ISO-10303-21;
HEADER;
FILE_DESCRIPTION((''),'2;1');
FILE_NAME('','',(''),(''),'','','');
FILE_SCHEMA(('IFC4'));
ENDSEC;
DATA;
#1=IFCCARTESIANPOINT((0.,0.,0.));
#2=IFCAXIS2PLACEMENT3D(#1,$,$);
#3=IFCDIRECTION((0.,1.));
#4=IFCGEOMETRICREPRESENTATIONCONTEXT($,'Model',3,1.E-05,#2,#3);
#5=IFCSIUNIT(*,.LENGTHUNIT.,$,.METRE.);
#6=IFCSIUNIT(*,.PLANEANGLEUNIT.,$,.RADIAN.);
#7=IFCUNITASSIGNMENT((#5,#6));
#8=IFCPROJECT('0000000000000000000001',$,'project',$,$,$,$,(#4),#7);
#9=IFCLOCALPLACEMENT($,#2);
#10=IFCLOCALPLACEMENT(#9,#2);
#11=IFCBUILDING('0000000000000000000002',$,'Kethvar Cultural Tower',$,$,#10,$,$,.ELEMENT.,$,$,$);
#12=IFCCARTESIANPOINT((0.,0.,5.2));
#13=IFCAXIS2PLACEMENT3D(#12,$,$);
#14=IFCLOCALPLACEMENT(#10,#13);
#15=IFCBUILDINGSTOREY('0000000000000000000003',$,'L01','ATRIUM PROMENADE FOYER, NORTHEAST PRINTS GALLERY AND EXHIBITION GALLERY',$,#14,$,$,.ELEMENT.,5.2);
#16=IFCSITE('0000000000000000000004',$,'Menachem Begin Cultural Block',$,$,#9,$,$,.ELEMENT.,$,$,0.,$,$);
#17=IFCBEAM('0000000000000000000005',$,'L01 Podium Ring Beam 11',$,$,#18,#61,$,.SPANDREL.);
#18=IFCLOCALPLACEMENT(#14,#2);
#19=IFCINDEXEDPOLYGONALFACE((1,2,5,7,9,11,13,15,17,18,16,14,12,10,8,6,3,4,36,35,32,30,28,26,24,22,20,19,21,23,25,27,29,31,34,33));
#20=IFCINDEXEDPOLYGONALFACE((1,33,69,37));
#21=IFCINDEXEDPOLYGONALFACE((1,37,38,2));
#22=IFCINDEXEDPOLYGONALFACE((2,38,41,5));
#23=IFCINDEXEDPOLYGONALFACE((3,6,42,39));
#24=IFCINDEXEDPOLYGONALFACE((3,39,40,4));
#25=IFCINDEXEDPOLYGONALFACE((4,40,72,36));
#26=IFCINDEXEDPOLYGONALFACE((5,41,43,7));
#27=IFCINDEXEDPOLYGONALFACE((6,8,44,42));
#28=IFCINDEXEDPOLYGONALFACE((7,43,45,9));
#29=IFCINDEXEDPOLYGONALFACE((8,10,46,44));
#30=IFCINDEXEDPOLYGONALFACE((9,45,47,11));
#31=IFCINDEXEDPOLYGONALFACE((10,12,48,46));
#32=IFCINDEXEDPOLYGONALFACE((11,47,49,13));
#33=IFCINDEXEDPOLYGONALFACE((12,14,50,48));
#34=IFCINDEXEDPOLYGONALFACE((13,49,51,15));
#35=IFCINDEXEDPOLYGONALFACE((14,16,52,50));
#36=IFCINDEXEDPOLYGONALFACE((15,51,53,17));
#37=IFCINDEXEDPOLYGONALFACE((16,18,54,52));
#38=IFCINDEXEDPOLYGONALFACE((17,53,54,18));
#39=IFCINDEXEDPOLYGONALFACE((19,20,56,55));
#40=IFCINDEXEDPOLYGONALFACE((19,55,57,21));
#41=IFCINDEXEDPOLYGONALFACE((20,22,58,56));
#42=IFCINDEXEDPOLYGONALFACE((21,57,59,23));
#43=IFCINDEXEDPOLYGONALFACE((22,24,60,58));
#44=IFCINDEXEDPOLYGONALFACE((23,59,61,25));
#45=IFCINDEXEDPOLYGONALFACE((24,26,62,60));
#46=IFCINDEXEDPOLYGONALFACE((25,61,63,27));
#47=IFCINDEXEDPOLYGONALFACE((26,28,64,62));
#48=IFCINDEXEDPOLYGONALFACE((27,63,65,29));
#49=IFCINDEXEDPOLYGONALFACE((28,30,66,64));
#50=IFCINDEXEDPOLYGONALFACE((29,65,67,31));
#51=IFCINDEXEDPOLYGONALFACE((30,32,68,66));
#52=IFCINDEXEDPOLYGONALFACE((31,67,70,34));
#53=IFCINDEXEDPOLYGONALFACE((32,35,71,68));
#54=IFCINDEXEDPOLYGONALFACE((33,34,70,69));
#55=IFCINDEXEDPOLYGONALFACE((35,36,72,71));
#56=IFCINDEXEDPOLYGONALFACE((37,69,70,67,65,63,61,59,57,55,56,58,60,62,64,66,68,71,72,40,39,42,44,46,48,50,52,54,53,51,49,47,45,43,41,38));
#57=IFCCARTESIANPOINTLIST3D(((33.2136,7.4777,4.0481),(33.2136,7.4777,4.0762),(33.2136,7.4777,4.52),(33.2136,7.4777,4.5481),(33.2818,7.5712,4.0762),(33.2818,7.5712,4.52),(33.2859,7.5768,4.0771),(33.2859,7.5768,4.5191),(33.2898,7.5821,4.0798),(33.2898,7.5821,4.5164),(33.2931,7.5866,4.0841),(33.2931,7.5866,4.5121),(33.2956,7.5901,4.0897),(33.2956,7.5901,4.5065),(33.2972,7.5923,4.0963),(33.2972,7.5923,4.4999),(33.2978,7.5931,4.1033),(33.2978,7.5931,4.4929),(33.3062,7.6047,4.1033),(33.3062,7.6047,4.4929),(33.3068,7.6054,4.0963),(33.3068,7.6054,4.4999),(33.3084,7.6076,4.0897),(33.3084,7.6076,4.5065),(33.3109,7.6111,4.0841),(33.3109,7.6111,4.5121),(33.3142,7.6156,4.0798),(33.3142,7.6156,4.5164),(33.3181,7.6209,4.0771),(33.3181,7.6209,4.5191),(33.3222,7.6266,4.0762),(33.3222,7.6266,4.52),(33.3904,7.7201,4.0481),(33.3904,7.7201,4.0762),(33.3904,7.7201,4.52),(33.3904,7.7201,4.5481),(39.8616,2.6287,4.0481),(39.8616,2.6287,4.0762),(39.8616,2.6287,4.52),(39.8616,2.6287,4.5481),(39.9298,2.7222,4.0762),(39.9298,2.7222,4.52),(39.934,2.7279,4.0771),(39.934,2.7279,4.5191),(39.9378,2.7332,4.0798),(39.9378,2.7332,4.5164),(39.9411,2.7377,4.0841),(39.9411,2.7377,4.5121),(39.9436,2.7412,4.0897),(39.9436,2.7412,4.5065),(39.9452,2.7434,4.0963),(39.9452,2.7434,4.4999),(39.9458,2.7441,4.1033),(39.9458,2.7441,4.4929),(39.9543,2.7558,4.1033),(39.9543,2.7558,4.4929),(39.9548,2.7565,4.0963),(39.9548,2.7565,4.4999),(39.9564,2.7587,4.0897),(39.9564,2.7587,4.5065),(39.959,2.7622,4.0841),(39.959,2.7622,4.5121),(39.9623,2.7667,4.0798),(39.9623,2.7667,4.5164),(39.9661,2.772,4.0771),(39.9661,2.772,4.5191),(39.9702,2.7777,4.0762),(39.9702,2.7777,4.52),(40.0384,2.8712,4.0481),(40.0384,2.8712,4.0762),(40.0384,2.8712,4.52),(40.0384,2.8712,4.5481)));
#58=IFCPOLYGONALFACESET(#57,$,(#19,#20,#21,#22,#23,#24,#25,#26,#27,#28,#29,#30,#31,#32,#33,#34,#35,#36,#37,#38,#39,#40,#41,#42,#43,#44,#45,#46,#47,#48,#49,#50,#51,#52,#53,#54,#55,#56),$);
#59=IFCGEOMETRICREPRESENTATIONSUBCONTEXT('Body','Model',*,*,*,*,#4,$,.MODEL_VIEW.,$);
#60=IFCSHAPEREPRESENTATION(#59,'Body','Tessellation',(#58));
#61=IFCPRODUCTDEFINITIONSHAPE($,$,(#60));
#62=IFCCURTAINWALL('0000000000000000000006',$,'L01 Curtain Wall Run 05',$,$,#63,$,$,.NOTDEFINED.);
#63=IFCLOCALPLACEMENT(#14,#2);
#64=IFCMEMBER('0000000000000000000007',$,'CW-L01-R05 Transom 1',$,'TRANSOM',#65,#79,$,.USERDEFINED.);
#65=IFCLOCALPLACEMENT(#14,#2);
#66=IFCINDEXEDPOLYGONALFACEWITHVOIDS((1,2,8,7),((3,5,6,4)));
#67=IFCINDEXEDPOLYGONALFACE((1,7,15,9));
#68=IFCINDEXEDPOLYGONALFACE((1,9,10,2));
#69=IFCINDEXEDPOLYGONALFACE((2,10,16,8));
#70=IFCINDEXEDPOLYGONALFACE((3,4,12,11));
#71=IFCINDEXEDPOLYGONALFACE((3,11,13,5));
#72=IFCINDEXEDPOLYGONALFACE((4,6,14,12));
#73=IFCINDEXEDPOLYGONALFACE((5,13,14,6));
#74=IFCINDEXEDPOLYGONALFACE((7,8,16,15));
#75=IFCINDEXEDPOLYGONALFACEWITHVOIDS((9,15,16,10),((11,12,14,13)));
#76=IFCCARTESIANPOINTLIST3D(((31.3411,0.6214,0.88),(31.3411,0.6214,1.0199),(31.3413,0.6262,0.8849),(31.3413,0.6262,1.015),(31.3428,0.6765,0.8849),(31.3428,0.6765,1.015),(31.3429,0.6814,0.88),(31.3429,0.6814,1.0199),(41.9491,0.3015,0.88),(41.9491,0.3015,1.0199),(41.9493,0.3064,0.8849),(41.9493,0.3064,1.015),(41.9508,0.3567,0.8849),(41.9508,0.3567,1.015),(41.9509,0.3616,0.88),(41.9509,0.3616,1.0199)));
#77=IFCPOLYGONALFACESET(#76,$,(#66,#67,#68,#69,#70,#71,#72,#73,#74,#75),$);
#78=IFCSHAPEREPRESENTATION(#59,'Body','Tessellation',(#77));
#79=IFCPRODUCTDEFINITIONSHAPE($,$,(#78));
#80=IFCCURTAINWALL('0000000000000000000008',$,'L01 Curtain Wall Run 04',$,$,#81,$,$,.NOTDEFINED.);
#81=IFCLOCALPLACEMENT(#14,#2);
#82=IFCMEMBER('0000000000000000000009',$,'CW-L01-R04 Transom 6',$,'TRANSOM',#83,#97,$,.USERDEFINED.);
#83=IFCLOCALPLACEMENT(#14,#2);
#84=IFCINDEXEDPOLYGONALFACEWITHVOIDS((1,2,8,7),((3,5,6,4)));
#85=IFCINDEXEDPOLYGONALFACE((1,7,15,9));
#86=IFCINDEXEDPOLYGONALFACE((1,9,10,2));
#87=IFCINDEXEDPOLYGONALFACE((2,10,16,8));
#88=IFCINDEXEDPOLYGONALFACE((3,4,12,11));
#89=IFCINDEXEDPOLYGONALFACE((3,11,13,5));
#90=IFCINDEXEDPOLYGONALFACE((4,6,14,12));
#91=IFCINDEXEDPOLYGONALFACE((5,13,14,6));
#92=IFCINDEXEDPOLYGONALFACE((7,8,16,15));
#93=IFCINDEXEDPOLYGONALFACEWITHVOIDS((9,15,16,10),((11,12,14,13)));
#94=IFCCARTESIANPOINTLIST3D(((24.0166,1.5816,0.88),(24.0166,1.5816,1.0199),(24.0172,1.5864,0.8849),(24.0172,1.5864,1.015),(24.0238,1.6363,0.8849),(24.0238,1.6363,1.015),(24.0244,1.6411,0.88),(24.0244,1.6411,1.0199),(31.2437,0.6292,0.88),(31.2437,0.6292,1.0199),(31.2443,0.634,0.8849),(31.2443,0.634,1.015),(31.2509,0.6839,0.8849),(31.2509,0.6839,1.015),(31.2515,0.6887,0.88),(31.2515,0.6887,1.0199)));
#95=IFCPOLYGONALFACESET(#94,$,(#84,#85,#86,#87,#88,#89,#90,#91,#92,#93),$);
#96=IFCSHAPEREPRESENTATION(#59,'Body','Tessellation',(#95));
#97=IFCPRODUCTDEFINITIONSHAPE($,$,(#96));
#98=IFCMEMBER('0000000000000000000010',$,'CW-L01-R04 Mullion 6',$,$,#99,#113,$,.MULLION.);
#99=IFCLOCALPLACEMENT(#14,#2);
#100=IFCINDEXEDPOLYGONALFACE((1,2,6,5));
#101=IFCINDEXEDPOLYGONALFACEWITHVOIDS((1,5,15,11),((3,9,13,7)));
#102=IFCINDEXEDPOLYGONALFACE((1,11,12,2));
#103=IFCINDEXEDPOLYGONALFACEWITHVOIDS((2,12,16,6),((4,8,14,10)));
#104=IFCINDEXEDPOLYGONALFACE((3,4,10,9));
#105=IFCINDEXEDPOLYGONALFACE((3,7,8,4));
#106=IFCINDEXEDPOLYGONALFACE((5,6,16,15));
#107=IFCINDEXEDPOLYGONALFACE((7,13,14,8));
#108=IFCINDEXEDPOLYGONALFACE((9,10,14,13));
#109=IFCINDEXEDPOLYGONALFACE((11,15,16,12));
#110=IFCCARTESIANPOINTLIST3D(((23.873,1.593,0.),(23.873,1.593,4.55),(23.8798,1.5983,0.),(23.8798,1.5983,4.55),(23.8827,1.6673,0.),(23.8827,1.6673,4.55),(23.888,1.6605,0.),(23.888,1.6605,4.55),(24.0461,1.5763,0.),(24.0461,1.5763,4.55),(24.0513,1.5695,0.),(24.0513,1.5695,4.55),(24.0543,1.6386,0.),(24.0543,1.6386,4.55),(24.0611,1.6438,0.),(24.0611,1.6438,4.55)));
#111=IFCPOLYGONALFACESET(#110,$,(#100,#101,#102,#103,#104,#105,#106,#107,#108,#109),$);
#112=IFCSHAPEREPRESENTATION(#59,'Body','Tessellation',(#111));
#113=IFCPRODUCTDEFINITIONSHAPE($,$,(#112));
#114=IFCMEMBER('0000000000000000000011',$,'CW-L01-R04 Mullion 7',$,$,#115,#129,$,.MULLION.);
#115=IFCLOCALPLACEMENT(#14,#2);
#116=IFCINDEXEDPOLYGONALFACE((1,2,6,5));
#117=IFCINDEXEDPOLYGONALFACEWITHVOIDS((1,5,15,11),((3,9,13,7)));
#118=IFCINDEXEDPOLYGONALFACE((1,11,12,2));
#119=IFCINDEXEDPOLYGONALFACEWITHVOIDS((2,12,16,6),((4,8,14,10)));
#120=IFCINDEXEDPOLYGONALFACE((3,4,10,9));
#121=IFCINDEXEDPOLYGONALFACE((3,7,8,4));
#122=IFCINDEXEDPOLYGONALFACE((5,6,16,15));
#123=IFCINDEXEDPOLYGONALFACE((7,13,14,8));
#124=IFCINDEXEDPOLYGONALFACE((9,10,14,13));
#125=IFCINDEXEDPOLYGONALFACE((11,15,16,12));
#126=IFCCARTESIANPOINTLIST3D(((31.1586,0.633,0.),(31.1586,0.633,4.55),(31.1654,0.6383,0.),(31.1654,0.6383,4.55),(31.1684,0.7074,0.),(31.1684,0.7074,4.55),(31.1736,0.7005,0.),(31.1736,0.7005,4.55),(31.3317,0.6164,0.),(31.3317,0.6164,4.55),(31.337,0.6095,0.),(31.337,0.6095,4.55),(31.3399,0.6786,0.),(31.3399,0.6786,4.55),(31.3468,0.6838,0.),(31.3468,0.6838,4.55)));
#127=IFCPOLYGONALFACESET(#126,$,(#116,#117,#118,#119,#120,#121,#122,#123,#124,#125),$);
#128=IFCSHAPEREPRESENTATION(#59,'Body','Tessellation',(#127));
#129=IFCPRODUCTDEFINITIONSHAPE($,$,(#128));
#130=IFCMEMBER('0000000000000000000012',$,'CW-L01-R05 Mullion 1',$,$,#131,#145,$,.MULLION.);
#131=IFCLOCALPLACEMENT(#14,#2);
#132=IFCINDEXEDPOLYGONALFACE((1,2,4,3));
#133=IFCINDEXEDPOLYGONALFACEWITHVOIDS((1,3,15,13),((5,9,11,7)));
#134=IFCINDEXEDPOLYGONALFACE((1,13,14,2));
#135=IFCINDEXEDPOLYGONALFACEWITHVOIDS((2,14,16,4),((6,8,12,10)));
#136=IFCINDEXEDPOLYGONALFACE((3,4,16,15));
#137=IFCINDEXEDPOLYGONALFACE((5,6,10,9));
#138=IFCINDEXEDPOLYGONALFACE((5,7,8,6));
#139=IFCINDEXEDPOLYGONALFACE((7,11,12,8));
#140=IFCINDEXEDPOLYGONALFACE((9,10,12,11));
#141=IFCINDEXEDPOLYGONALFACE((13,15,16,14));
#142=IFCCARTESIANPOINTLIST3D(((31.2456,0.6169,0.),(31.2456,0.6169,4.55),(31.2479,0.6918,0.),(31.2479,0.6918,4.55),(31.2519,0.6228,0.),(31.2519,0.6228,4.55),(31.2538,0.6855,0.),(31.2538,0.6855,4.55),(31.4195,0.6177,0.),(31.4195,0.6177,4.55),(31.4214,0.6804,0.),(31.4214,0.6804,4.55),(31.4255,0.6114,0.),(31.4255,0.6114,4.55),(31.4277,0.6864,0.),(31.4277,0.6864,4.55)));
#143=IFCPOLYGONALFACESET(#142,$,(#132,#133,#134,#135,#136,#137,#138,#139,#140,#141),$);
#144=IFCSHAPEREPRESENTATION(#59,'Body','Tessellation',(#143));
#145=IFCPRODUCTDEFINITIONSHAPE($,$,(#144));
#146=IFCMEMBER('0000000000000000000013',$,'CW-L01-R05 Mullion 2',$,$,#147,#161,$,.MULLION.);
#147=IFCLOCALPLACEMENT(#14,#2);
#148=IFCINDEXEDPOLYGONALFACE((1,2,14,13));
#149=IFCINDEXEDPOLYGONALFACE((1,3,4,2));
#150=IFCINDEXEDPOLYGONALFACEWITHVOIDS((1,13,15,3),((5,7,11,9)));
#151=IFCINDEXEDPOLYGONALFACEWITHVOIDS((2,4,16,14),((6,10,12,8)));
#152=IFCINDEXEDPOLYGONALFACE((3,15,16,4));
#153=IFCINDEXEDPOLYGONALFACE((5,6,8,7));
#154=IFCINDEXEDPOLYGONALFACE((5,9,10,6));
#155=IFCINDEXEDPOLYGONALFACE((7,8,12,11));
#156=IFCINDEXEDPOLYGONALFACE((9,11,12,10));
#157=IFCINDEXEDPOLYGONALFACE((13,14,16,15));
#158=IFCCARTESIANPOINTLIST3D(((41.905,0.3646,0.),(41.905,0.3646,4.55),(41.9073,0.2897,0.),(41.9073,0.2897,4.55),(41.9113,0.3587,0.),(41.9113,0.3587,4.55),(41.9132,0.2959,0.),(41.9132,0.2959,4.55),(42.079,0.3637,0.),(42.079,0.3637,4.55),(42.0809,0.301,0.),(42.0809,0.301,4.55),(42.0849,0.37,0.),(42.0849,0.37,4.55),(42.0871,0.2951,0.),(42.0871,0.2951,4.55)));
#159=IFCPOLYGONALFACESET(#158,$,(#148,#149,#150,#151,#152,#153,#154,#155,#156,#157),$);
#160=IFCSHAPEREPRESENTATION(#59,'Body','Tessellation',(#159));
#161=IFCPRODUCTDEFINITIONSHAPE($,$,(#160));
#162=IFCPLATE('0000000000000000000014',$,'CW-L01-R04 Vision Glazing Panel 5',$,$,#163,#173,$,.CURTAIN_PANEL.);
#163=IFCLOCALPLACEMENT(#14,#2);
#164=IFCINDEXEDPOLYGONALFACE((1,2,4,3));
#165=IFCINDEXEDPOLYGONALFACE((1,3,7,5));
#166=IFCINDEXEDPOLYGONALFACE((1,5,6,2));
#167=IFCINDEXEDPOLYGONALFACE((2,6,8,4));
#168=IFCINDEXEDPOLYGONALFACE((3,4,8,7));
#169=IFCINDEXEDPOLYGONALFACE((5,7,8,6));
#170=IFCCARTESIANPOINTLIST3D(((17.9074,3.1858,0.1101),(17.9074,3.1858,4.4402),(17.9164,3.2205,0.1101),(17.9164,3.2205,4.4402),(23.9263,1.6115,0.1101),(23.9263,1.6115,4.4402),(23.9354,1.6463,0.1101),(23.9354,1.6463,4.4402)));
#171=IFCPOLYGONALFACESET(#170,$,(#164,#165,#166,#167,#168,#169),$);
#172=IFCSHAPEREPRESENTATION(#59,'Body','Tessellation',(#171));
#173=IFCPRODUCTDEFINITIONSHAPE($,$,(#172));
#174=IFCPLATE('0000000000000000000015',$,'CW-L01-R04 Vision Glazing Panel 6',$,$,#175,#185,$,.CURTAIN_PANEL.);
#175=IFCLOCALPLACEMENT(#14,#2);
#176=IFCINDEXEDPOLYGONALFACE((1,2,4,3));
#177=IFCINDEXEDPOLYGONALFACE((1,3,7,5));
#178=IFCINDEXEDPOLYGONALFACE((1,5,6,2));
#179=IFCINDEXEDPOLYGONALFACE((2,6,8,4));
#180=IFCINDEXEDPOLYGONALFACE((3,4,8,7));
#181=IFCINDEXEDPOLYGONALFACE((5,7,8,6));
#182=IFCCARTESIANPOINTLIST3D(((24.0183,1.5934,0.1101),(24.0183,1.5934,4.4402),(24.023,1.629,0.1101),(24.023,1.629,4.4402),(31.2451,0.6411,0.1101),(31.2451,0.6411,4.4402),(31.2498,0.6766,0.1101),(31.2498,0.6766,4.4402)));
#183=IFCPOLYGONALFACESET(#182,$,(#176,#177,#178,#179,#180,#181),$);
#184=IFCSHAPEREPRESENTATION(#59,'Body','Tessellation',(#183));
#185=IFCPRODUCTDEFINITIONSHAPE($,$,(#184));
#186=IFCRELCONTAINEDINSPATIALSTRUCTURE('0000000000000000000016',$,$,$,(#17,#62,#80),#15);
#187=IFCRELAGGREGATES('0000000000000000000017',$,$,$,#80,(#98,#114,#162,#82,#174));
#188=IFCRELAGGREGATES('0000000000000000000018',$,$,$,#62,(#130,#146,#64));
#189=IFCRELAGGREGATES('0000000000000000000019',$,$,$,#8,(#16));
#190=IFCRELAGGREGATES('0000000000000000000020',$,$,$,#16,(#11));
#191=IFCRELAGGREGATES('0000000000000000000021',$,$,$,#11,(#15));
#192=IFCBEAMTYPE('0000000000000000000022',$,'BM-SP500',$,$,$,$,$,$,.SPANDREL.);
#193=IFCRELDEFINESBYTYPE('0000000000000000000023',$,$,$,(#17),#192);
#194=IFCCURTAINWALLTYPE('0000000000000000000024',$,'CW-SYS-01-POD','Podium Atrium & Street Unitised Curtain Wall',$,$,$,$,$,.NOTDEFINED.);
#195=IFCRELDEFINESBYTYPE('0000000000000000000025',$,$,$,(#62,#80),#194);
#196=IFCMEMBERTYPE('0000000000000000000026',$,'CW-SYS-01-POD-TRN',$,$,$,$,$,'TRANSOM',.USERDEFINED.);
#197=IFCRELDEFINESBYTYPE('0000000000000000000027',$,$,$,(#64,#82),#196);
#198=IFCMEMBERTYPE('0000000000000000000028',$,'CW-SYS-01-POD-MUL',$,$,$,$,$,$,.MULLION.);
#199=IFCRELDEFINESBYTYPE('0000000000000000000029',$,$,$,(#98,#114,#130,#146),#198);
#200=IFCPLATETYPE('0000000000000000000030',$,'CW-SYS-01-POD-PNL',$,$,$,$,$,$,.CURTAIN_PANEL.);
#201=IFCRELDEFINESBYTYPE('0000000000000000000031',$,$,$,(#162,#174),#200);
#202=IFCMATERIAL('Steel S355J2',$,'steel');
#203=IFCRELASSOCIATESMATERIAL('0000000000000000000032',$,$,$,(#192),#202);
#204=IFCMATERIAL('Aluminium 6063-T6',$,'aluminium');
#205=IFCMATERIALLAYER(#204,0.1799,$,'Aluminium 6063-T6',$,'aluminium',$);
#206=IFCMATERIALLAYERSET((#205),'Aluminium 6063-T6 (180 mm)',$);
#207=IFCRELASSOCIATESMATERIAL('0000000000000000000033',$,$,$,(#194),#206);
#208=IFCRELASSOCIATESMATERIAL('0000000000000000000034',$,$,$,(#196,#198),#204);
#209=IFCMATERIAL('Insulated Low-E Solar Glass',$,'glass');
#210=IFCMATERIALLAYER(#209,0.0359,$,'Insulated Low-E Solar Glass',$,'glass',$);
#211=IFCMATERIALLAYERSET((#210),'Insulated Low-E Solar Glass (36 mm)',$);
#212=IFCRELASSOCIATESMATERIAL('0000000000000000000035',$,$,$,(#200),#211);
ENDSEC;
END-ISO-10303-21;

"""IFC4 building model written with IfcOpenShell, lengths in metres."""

from ifc_helpers import new_model, si_unit, direction, frame, origin, origin_2d, place, context, subcontext, project, spatial, rectangle, hollow_rectangle, i_section, extrude, source, transform, mapped, material, layer, layer_set, material_profile, profile_set, type_object, element, aggregate, save


model = new_model("IFC4")

# Units and contexts
model_context = context("Model", 3, precision=1e-05, world=origin(), true_north=direction((0.0, 1.0)))
body_context = subcontext(model_context, "Body", "Model", "MODEL_VIEW")
ifc_project = project(units=[si_unit("LENGTHUNIT", "METRE"), si_unit("PLANEANGLEUNIT", "RADIAN")], contexts=[model_context])

# Site, building, storey
site_placement = place(None, origin())
site = spatial("IfcSite", under=ifc_project, at=site_placement, Name="Menachem Begin Cultural Block", CompositionType="ELEMENT", RefElevation=0.0)
building_placement = place(site_placement, origin())
building = spatial("IfcBuilding", under=site, at=building_placement, Name="Kethvar Cultural Tower", CompositionType="ELEMENT")
storey_placement = place(building_placement, frame((0.0, 0.0, 5.2)))
storey = spatial("IfcBuildingStorey", under=building, at=storey_placement, Name="L01", Description="ATRIUM PROMENADE FOYER, NORTHEAST PRINTS GALLERY AND EXHIBITION GALLERY", CompositionType="ELEMENT", Elevation=5.2)

# Beam
ifc_material_1 = material(Name="Steel S355J2", Category="steel")
ifc_material_profile_1 = material_profile(ifc_material_1, i_section(OverallWidth=0.3, OverallDepth=0.5, WebThickness=0.0144, FlangeThickness=0.0281, FilletRadius=0.0271, at=origin_2d()), Name="Steel S355J2 — HEB500")
ifc_profile_set_1 = profile_set([ifc_material_profile_1], Name="Steel S355J2 — HEB500")
beam_type = type_object("IfcBeamType", Name="BM-SP500", PredefinedType="SPANDREL", material=ifc_profile_set_1)
shared_shape_1 = source(origin(), body_context, "Body", "SweptSolid", [
    extrude(i_section(OverallWidth=0.3, OverallDepth=0.5, WebThickness=0.0144, FlangeThickness=0.0281, FilletRadius=0.0271, at=origin_2d()), origin(), (0.0, 0.0, 1.0), 8.2285),
])
beam_1_placement = place(storey_placement, frame((33.302, 7.5989, 4.2981), z_axis=(0.807926, -0.589284, 0.0), x_axis=(0.589284, 0.807926, 0.0)))
element("IfcBeam", 1, at=beam_1_placement, inside=storey, type_object=beam_type, Name="L01 Podium Ring Beam 11", PredefinedType="SPANDREL", context=body_context, shape_type="MappedRepresentation", body=[
    mapped(shared_shape_1, transform((0.0, 0.0, 0.0), scale=1.0)),
])

# Curtain wall, member
ifc_material_2 = material(Name="Aluminium 6063-T6", Category="aluminium")
ifc_layer_1 = layer(ifc_material_2, 0.1799, Name="Aluminium 6063-T6", Category="aluminium")
ifc_layer_set_1 = layer_set([ifc_layer_1], Name="Aluminium 6063-T6 (180 mm)")
curtain_wall_type = type_object("IfcCurtainWallType", Name="CW-SYS-01-POD", Description="Podium Atrium & Street Unitised Curtain Wall", PredefinedType="NOTDEFINED", material=ifc_layer_set_1)
curtain_wall_1_placement = place(storey_placement, origin())
curtain_wall_1 = element("IfcCurtainWall", 2, at=curtain_wall_1_placement, inside=storey, type_object=curtain_wall_type, Name="L01 Curtain Wall Run 05", PredefinedType="NOTDEFINED")
ifc_material_profile_2 = material_profile(ifc_material_2, hollow_rectangle(XDim=0.0601, YDim=0.1399, WallThickness=0.0049, at=origin_2d()), Name="Aluminium 6063-T6 — RHS140x60x5")
ifc_profile_set_2 = profile_set([ifc_material_profile_2], Name="Aluminium 6063-T6 — RHS140x60x5")
member_type_1 = type_object("IfcMemberType", Name="CW-SYS-01-POD-TRN", ElementType="TRANSOM", PredefinedType="USERDEFINED", material=ifc_profile_set_2)
shared_shape_2 = source(origin(), body_context, "Body", "SweptSolid", [
    extrude(hollow_rectangle(XDim=0.0601, YDim=0.1399, WallThickness=0.0049, at=origin_2d()), origin(), (0.0, 0.0, 1.0), 10.6128),
])
member_1_placement = place(storey_placement, frame((31.342, 0.6514, 0.95), z_axis=(0.999546, -0.030136, 0.0), x_axis=(0.030136, 0.999546, 0.0)))
member_1 = element("IfcMember", 3, at=member_1_placement, type_object=member_type_1, Name="CW-L01-R05 Transom 1", ObjectType="TRANSOM", PredefinedType="USERDEFINED", context=body_context, shape_type="MappedRepresentation", body=[
    mapped(shared_shape_2, transform((0.0, 0.0, 0.0), scale=1.0)),
])

# Curtain wall, members
curtain_wall_2_placement = place(storey_placement, origin())
curtain_wall_2 = element("IfcCurtainWall", 4, at=curtain_wall_2_placement, inside=storey, type_object=curtain_wall_type, Name="L01 Curtain Wall Run 04", PredefinedType="NOTDEFINED")
shared_shape_3 = source(origin(), body_context, "Body", "SweptSolid", [
    extrude(hollow_rectangle(XDim=0.0601, YDim=0.1399, WallThickness=0.0049, at=origin_2d()), origin(), (0.0, 0.0, 1.0), 7.2896),
])
member_2_placement = place(storey_placement, frame((24.0205, 1.6113, 0.95), z_axis=(0.991428, -0.130652, 0.0), x_axis=(0.130652, 0.991428, 0.0)))
member_2 = element("IfcMember", 5, at=member_2_placement, type_object=member_type_1, Name="CW-L01-R04 Transom 6", ObjectType="TRANSOM", PredefinedType="USERDEFINED", context=body_context, shape_type="MappedRepresentation", body=[
    mapped(shared_shape_3, transform((0.0, 0.0, 0.0), scale=1.0)),
])
ifc_material_profile_3 = material_profile(ifc_material_2, hollow_rectangle(XDim=0.075, YDim=0.1799, WallThickness=0.0061, at=origin_2d()), Name="Aluminium 6063-T6 — RHS180x75x6")
ifc_profile_set_3 = profile_set([ifc_material_profile_3], Name="Aluminium 6063-T6 — RHS180x75x6")
member_type_2 = type_object("IfcMemberType", Name="CW-SYS-01-POD-MUL", PredefinedType="MULLION", material=ifc_profile_set_3)
shared_shape_4 = source(origin(), body_context, "Body", "SweptSolid", [
    extrude(hollow_rectangle(XDim=0.075, YDim=0.1799, WallThickness=0.0061, at=origin_2d()), origin(), (0.0, 0.0, 1.0), 4.55),
])
member_3_placement = place(storey_placement, frame((23.967, 1.6184, 0.0), z_axis=(0.0, 0.0, 1.0), x_axis=(0.130647, 0.991429, 0.0)))
member_3 = element("IfcMember", 6, at=member_3_placement, type_object=member_type_2, Name="CW-L01-R04 Mullion 6", PredefinedType="MULLION", context=body_context, shape_type="MappedRepresentation", body=[
    mapped(shared_shape_4, transform((0.0, 0.0, 0.0), scale=1.0)),
])
member_4_placement = place(storey_placement, frame((31.2527, 0.6584, 0.0), z_axis=(0.0, 0.0, 1.0), x_axis=(0.130647, 0.991429, 0.0)))
member_4 = element("IfcMember", 7, at=member_4_placement, type_object=member_type_2, Name="CW-L01-R04 Mullion 7", PredefinedType="MULLION", context=body_context, shape_type="MappedRepresentation", body=[
    mapped(shared_shape_4, transform((0.0, 0.0, 0.0), scale=1.0)),
])

# Members
member_5_placement = place(storey_placement, frame((31.3367, 0.6516, 0.0), z_axis=(0.0, 0.0, 1.0), x_axis=(0.030137, 0.999546, 0.0)))
member_5 = element("IfcMember", 8, at=member_5_placement, type_object=member_type_2, Name="CW-L01-R05 Mullion 1", PredefinedType="MULLION", context=body_context, shape_type="MappedRepresentation", body=[
    mapped(shared_shape_4, transform((0.0, 0.0, 0.0), scale=1.0)),
])
member_6_placement = place(storey_placement, frame((41.9961, 0.3298, 0.0), z_axis=(0.0, 0.0, 1.0), x_axis=(-0.030137, 0.999546, 0.0)))
member_6 = element("IfcMember", 9, at=member_6_placement, type_object=member_type_2, Name="CW-L01-R05 Mullion 2", PredefinedType="MULLION", context=body_context, shape_type="MappedRepresentation", body=[
    mapped(shared_shape_4, transform((0.0, 0.0, 0.0), scale=1.0)),
])

# Plates
ifc_material_3 = material(Name="Insulated Low-E Solar Glass", Category="glass")
ifc_layer_2 = layer(ifc_material_3, 0.0359, Name="Insulated Low-E Solar Glass", Category="glass")
ifc_layer_set_2 = layer_set([ifc_layer_2], Name="Insulated Low-E Solar Glass (36 mm)")
plate_type = type_object("IfcPlateType", Name="CW-SYS-01-POD-PNL", PredefinedType="CURTAIN_PANEL", material=ifc_layer_set_2)
shared_shape_5 = source(origin(), body_context, "Body", "SweptSolid", [
    extrude(rectangle(XDim=6.2214, YDim=0.0359, at=origin_2d()), origin(), (0.0, 0.0, 1.0), 4.3301),
])
plate_1_placement = place(storey_placement, frame((20.9214, 2.416, 0.1101), z_axis=(0.0, 0.0, 1.0), x_axis=(0.967458, -0.253032, 0.0)))
plate_1 = element("IfcPlate", 10, at=plate_1_placement, type_object=plate_type, Name="CW-L01-R04 Vision Glazing Panel 5", PredefinedType="CURTAIN_PANEL", context=body_context, shape_type="MappedRepresentation", body=[
    mapped(shared_shape_5, transform((0.0, 0.0, 0.0), scale=1.0)),
])
shared_shape_6 = source(origin(), body_context, "Body", "SweptSolid", [
    extrude(rectangle(XDim=7.2893, YDim=0.0359, at=origin_2d()), origin(), (0.0, 0.0, 1.0), 4.3301),
])
plate_2_placement = place(storey_placement, frame((27.634, 1.135, 0.1101), z_axis=(0.0, 0.0, 1.0), x_axis=(0.991429, -0.130647, 0.0)))
plate_2 = element("IfcPlate", 11, at=plate_2_placement, type_object=plate_type, Name="CW-L01-R04 Vision Glazing Panel 6", PredefinedType="CURTAIN_PANEL", context=body_context, shape_type="MappedRepresentation", body=[
    mapped(shared_shape_6, transform((0.0, 0.0, 0.0), scale=1.0)),
])
aggregate(curtain_wall_2, [member_3, member_4, plate_1, member_2, plate_2])
aggregate(curtain_wall_1, [member_5, member_6, member_1])

save(model, "model.ifc")
